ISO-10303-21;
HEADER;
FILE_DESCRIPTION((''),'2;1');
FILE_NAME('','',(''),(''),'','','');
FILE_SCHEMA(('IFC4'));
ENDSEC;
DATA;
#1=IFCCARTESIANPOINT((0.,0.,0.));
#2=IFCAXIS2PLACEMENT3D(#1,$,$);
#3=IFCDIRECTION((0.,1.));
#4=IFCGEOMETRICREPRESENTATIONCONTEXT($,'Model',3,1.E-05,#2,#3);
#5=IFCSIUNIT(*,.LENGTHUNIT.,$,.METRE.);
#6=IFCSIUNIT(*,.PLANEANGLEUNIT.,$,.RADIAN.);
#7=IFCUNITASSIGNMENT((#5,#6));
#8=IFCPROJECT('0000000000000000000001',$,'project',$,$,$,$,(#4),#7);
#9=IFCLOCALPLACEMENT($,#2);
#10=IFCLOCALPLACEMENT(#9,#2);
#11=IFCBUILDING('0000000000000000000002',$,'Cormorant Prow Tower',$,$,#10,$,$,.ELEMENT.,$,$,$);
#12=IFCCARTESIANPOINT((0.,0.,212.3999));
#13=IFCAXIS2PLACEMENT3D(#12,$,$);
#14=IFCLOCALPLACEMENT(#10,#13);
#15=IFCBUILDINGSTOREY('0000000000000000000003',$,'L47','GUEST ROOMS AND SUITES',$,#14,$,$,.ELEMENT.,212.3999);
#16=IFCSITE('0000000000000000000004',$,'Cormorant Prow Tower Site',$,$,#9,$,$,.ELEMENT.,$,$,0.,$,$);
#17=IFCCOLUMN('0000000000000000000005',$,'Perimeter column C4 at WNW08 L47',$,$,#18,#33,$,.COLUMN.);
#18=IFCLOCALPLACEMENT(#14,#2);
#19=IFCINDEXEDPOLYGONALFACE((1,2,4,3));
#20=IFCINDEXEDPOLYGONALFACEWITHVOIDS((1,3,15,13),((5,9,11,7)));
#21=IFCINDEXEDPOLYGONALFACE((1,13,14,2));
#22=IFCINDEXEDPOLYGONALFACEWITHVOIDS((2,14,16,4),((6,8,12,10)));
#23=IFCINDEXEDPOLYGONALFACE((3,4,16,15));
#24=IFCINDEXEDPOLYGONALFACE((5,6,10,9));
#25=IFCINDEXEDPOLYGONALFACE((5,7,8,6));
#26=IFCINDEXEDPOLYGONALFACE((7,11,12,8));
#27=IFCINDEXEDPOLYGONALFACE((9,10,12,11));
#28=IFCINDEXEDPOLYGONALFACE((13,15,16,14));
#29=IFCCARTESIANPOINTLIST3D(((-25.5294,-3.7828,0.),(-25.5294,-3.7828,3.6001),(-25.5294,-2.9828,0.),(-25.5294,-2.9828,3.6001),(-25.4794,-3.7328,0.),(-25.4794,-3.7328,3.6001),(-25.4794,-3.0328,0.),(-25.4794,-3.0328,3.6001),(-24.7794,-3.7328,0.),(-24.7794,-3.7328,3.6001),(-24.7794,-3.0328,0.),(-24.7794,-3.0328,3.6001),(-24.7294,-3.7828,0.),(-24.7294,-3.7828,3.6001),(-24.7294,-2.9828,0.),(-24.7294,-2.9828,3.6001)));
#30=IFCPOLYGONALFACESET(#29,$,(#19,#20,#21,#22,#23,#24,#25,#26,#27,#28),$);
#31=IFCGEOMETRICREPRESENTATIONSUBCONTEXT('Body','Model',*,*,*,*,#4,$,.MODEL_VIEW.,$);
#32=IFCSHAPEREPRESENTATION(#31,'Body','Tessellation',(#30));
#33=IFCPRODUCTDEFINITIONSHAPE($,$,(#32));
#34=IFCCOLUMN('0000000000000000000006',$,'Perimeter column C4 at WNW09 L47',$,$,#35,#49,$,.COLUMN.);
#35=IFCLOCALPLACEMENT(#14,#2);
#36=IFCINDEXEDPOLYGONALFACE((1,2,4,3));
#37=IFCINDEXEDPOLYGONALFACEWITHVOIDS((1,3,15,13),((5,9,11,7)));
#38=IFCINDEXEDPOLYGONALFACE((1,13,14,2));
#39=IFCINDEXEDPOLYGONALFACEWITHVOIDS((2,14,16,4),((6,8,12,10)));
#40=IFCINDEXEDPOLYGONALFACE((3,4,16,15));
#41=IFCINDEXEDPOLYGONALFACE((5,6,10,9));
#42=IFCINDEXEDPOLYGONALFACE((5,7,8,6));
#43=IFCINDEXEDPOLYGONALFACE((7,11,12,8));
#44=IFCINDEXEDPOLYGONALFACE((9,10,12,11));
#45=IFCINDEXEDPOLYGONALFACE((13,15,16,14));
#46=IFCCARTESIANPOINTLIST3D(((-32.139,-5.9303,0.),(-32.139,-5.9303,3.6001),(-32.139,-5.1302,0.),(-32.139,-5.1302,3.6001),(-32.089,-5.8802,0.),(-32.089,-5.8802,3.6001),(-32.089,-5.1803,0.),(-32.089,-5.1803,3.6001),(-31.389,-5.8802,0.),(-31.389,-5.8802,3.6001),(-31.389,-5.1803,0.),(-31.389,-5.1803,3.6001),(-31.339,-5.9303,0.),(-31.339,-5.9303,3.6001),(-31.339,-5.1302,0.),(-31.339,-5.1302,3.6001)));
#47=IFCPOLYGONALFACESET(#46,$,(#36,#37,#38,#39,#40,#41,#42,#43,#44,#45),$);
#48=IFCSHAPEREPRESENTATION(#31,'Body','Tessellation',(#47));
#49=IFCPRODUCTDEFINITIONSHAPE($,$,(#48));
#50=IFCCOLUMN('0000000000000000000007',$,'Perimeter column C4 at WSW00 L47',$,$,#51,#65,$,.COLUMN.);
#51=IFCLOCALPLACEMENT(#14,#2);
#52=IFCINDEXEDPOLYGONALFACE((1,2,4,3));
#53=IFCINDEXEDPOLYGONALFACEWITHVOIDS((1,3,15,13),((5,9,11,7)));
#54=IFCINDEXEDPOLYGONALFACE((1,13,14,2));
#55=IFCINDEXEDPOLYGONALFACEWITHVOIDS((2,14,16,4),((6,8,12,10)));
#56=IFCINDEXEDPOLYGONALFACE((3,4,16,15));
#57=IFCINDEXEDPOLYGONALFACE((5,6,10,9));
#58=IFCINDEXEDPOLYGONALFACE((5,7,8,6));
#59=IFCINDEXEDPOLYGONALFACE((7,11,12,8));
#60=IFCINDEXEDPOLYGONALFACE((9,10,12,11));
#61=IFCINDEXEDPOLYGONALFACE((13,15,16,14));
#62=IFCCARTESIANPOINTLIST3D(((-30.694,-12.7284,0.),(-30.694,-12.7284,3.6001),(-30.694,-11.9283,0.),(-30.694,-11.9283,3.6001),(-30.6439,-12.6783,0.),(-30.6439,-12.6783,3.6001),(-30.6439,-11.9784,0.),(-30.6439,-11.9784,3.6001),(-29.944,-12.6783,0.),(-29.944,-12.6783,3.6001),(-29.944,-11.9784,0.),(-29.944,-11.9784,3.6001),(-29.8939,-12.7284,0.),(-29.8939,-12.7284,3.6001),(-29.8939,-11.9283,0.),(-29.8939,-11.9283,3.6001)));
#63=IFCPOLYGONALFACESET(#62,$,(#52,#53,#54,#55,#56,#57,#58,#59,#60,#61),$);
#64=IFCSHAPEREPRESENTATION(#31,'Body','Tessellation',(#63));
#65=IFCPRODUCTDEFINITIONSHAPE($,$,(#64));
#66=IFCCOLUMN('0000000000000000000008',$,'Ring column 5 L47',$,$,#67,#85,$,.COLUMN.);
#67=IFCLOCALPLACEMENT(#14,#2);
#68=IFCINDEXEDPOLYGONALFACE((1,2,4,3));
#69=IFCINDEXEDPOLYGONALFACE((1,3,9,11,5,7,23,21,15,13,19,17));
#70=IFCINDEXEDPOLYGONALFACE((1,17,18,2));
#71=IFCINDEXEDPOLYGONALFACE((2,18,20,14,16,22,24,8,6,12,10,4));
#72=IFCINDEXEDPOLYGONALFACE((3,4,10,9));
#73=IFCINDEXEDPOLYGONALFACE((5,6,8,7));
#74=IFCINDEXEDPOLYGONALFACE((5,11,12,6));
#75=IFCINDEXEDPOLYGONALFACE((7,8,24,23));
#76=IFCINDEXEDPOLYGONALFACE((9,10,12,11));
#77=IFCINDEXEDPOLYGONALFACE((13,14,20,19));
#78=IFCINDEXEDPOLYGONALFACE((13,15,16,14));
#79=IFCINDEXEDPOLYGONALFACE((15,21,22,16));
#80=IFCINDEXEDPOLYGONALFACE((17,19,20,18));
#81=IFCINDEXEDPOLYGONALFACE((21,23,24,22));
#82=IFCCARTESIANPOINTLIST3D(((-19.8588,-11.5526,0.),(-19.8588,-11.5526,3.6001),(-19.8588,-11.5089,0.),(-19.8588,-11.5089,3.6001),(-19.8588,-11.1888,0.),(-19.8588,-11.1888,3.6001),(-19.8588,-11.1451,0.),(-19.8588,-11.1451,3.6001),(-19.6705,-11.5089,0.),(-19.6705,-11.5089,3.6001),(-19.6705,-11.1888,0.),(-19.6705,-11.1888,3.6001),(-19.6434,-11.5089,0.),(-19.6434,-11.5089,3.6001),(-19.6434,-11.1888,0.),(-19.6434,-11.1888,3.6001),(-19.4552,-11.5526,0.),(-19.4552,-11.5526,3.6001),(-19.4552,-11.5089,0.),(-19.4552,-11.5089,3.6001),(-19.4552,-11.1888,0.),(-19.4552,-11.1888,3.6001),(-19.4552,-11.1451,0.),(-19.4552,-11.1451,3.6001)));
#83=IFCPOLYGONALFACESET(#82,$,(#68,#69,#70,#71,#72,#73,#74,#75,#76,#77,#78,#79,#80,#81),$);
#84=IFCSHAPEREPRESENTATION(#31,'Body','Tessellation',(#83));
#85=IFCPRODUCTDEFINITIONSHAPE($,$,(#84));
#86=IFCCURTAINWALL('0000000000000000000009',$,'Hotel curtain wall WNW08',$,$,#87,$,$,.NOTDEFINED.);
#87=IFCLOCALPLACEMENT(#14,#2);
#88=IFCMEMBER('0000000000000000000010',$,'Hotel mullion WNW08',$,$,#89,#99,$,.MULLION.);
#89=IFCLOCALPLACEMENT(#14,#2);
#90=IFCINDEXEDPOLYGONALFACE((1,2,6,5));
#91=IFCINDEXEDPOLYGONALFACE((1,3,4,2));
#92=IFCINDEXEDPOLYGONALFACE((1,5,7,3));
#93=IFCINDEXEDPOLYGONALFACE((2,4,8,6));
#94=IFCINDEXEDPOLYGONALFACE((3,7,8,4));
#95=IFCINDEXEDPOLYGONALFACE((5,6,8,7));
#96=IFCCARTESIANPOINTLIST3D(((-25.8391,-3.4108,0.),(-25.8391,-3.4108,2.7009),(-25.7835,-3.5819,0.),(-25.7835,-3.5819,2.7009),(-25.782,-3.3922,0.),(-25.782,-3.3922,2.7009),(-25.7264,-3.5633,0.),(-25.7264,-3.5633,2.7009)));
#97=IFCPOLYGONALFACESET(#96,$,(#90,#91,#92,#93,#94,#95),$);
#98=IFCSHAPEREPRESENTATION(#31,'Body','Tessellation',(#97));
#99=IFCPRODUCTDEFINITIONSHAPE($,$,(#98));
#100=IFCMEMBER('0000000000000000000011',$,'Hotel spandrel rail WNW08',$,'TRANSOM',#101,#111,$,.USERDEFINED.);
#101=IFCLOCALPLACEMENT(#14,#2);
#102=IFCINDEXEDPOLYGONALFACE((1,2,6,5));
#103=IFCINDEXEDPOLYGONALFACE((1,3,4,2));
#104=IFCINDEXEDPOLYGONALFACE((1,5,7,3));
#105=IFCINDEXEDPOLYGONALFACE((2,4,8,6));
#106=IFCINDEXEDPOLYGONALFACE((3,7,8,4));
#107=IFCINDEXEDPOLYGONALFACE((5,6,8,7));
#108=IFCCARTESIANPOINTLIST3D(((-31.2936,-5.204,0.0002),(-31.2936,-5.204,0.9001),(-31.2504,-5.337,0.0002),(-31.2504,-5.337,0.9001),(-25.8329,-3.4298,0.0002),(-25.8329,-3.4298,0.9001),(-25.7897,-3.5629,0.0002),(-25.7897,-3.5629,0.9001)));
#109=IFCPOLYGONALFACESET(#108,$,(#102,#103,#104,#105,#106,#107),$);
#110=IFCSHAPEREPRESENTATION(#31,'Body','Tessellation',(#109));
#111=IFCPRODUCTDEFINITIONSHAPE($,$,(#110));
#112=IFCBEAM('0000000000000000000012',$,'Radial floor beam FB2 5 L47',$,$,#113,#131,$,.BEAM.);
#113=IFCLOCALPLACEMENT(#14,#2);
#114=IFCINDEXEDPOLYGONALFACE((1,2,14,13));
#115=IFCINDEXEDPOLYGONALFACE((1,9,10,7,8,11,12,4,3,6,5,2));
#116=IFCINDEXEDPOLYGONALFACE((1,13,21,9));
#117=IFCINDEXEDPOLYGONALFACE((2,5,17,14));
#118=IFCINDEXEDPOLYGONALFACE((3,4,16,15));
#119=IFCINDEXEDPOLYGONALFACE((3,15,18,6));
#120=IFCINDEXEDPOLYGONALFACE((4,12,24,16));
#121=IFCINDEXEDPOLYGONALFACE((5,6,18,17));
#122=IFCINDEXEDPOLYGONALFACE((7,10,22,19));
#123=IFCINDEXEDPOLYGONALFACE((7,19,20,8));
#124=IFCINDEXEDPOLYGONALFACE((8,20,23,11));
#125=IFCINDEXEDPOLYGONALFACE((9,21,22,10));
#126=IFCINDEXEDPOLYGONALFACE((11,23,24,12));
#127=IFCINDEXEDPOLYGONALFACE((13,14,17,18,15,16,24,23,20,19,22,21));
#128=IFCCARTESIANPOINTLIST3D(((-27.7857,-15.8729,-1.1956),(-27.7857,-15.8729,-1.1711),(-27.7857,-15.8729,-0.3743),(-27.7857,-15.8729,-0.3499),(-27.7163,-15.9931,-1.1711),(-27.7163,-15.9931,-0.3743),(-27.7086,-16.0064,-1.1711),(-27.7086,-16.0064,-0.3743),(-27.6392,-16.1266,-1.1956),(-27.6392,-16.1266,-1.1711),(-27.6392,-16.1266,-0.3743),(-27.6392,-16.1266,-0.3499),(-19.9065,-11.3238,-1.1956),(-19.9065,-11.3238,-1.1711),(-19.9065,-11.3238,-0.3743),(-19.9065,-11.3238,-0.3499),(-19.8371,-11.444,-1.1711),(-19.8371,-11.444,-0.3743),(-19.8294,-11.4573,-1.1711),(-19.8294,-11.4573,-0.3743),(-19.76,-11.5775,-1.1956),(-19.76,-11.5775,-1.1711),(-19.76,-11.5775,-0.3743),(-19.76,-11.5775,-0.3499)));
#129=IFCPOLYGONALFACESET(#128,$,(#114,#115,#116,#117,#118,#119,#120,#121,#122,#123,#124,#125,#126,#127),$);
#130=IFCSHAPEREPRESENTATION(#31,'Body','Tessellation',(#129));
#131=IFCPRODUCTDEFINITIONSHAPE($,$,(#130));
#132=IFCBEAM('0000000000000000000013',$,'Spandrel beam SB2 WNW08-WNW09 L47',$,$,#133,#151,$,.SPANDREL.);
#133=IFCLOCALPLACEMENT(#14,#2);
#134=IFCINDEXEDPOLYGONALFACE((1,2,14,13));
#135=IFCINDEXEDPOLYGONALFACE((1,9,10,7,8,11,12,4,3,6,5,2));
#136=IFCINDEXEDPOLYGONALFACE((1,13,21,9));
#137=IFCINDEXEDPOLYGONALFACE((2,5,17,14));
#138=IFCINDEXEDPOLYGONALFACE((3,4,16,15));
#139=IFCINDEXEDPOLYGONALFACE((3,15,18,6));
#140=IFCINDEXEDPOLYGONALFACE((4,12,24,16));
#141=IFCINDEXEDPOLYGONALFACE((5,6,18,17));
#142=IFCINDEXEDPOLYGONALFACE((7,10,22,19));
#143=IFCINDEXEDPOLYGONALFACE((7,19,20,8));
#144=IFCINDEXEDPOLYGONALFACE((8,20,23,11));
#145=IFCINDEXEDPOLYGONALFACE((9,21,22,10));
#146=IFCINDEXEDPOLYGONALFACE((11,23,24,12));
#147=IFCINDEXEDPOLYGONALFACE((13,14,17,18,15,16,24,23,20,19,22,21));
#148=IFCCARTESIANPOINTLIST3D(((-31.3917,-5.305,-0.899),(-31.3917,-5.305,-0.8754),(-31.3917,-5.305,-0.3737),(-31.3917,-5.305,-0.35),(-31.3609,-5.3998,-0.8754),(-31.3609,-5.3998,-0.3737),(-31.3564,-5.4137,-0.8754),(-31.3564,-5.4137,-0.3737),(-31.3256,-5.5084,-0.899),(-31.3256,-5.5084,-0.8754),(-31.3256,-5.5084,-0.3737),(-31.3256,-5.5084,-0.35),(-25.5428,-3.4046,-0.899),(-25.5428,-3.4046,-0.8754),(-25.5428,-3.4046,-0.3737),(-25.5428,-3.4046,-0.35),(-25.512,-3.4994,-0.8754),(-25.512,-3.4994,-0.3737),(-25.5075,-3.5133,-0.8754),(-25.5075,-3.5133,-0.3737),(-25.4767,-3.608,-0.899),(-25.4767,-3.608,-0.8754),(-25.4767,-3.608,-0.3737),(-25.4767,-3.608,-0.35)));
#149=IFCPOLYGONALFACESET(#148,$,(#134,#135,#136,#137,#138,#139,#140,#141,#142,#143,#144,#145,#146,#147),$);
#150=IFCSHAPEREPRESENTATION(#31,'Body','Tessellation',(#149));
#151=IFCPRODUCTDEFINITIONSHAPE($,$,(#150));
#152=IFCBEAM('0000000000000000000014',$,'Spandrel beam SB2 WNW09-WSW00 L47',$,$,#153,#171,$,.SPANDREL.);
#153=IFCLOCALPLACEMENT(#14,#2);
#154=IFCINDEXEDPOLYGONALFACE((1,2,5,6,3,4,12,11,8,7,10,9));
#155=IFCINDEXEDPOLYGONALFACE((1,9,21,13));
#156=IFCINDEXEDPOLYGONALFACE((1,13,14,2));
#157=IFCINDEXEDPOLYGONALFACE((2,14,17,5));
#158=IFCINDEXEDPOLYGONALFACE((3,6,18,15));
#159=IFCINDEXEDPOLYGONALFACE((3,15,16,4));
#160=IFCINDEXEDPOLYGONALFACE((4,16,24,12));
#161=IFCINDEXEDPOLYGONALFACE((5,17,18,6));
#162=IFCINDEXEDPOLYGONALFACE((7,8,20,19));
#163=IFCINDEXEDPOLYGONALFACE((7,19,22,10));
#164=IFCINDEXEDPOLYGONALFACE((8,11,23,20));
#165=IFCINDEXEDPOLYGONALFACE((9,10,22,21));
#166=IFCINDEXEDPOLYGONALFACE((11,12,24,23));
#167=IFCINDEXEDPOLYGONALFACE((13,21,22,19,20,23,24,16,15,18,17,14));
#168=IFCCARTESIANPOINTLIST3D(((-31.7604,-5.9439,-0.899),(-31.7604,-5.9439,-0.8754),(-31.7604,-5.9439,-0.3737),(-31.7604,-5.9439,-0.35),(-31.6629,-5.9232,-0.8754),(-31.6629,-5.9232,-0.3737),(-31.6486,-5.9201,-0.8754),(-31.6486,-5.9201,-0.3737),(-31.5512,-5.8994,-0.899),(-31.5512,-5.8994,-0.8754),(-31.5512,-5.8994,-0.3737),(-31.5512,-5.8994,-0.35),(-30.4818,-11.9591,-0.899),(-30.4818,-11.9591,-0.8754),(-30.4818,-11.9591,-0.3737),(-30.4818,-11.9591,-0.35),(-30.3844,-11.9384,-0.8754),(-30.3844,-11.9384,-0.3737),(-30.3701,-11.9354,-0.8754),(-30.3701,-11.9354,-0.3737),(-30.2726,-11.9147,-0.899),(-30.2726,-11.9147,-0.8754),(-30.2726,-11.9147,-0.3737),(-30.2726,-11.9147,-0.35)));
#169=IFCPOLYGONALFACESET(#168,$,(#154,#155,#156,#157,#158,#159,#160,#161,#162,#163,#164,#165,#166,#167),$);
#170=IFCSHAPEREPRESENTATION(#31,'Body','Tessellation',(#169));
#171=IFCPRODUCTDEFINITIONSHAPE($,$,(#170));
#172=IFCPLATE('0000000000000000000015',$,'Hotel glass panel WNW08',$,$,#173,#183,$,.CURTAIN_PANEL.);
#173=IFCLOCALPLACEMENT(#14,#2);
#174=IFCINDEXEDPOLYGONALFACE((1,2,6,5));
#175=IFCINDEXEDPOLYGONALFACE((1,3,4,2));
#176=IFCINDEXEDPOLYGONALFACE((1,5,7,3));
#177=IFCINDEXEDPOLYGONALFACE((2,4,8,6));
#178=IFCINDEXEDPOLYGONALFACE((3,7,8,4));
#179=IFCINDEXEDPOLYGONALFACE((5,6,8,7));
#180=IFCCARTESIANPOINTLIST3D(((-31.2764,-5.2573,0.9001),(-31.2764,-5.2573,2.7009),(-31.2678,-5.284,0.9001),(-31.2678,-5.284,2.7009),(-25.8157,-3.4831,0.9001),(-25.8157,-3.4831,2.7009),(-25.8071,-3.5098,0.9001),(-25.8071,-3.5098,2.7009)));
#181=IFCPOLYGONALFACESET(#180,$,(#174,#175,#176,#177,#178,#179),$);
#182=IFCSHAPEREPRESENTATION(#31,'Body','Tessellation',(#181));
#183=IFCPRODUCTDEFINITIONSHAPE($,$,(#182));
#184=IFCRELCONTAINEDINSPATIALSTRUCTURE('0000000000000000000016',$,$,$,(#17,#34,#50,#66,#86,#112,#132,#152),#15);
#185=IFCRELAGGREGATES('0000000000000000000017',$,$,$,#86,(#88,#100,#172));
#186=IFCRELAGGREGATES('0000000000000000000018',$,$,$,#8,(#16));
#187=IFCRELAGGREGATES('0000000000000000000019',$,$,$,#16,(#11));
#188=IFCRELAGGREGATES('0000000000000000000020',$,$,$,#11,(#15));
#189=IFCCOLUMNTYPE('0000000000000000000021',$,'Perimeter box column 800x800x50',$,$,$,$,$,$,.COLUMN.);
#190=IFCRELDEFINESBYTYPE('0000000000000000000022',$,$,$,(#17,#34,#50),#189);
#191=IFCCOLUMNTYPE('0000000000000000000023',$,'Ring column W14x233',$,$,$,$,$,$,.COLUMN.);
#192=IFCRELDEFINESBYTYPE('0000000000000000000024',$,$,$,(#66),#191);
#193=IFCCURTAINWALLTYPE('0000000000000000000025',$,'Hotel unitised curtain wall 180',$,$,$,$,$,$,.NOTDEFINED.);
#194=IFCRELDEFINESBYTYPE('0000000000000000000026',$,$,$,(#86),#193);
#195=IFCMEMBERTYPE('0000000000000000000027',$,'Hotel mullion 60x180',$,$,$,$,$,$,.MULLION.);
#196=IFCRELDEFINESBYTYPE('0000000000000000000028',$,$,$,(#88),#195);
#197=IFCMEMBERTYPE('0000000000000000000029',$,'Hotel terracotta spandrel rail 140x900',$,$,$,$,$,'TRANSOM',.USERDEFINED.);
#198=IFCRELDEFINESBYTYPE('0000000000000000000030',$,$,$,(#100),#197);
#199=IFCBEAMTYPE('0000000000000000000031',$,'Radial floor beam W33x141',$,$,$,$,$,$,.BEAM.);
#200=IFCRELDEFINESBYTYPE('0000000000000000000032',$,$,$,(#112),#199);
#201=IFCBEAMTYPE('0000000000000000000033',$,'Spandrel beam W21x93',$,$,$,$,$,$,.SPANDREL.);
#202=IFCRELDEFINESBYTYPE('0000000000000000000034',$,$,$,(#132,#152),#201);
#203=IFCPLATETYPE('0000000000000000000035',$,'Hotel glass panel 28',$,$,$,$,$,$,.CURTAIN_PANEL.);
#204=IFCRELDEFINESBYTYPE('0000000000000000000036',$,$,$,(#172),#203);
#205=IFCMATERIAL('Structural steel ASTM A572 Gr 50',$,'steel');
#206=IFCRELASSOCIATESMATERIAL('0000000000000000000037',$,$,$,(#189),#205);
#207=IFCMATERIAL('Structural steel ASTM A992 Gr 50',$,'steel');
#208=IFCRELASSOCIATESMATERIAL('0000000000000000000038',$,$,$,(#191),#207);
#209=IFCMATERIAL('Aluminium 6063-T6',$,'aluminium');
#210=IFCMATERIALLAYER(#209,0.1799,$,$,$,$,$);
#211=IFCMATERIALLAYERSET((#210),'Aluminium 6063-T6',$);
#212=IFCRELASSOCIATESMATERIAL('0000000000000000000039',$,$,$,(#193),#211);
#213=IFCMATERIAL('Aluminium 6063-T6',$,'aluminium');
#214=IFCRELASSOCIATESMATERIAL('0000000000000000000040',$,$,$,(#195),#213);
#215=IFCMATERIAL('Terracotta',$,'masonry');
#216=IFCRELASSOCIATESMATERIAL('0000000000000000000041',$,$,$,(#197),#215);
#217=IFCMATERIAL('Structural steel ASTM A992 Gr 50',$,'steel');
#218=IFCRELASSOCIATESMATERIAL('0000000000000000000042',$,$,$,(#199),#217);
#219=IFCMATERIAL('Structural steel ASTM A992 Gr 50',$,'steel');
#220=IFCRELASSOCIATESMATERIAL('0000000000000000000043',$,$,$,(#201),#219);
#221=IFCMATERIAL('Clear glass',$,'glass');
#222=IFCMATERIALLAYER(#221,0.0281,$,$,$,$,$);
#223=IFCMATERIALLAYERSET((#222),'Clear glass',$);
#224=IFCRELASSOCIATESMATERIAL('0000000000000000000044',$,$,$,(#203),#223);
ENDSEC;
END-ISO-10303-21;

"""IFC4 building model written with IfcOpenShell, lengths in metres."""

from ifc_helpers import new_model, si_unit, direction, frame, origin, origin_2d, place, context, subcontext, project, spatial, rectangle, hollow_rectangle, i_section, extrude, material, layer, layer_set, material_profile, profile_set, type_object, element, aggregate, save


model = new_model("IFC4")

# Units and contexts
model_context = context("Model", 3, precision=1e-05, world=origin(), true_north=direction((0.0, 1.0)))
body_context = subcontext(model_context, "Body", "Model", "MODEL_VIEW")
ifc_project = project(units=[si_unit("LENGTHUNIT", "METRE"), si_unit("PLANEANGLEUNIT", "RADIAN")], contexts=[model_context])

# Site, building, storey
site_placement = place(None, origin())
site = spatial("IfcSite", under=ifc_project, at=site_placement, Name="Cormorant Prow Tower Site", CompositionType="ELEMENT", RefElevation=0.0)
building_placement = place(site_placement, origin())
building = spatial("IfcBuilding", under=site, at=building_placement, Name="Cormorant Prow Tower", CompositionType="ELEMENT")
storey_placement = place(building_placement, frame((0.0, 0.0, 212.3999)))
storey = spatial("IfcBuildingStorey", under=building, at=storey_placement, Name="L47", Description="GUEST ROOMS AND SUITES", CompositionType="ELEMENT", Elevation=212.3999)

# Columns
ifc_material_1 = material(Name="Structural steel ASTM A572 Gr 50", Category="steel")
ifc_material_profile_1 = material_profile(ifc_material_1, hollow_rectangle(XDim=0.8, YDim=0.8, WallThickness=0.05, at=origin_2d()), Name="Box 800x800x50")
ifc_profile_set_1 = profile_set([ifc_material_profile_1], Name="Structural steel ASTM A572 Gr 50")
column_type_1 = type_object("IfcColumnType", Name="Perimeter box column 800x800x50", PredefinedType="COLUMN", material=ifc_profile_set_1)
for number, where, z_axis, x_axis, name in (
    (1, (-25.1294, -3.3828, 0.0), (0.0, 0.0, 1.0), (1.0, 0.0, 0.0), "Perimeter column C4 at WNW08 L47"),
    (2, (-31.739, -5.5303, 0.0), (0.0, 0.0, 1.0), (1.0, 0.0, 0.0), "Perimeter column C4 at WNW09 L47"),
    (3, (-30.2939, -12.3284, 0.0), (0.0, 0.0, 1.0), (1.0, 0.0, 0.0), "Perimeter column C4 at WSW00 L47"),
):
    element("IfcColumn", number, at=place(storey_placement, frame(where, z_axis=z_axis, x_axis=x_axis)), inside=storey, type_object=column_type_1, Name=name, PredefinedType="COLUMN", context=body_context, shape_type="SweptSolid", body=[
        extrude(hollow_rectangle(XDim=0.8, YDim=0.8, WallThickness=0.05, at=origin_2d()), origin(), (0.0, 0.0, 1.0), 3.6001),
    ])
ifc_material_2 = material(Name="Structural steel ASTM A992 Gr 50", Category="steel")
ifc_material_profile_2 = material_profile(ifc_material_2, i_section(OverallWidth=0.4036, OverallDepth=0.4075, WebThickness=0.0271, FlangeThickness=0.0437, at=origin_2d()), Name="W14x233")
ifc_profile_set_2 = profile_set([ifc_material_profile_2], Name="Structural steel ASTM A992 Gr 50")
column_type_2 = type_object("IfcColumnType", Name="Ring column W14x233", PredefinedType="COLUMN", material=ifc_profile_set_2)
column_placement = place(storey_placement, frame((-19.657, -11.3489, 0.0), z_axis=(0.0, 0.0, 1.0), x_axis=(1.0, 0.0, 0.0)))
element("IfcColumn", 4, at=column_placement, inside=storey, type_object=column_type_2, Name="Ring column 5 L47", PredefinedType="COLUMN", context=body_context, shape_type="SweptSolid", body=[
    extrude(i_section(OverallWidth=0.4036, OverallDepth=0.4075, WebThickness=0.0271, FlangeThickness=0.0437, at=origin_2d()), origin(), (0.0, 0.0, 1.0), 3.6001),
])

# Curtain wall, members
ifc_material_3 = material(Name="Aluminium 6063-T6", Category="aluminium")
ifc_layer_1 = layer(ifc_material_3, 0.1799)
ifc_layer_set_1 = layer_set([ifc_layer_1], Name="Aluminium 6063-T6")
curtain_wall_type = type_object("IfcCurtainWallType", Name="Hotel unitised curtain wall 180", PredefinedType="NOTDEFINED", material=ifc_layer_set_1)
curtain_wall_placement = place(storey_placement, origin())
curtain_wall = element("IfcCurtainWall", 5, at=curtain_wall_placement, inside=storey, type_object=curtain_wall_type, Name="Hotel curtain wall WNW08", PredefinedType="NOTDEFINED")
ifc_material_4 = material(Name="Aluminium 6063-T6", Category="aluminium")
ifc_material_profile_3 = material_profile(ifc_material_4, rectangle(XDim=0.1799, YDim=0.0601, at=origin_2d()), Name="Hotel mullion 60x180")
ifc_profile_set_3 = profile_set([ifc_material_profile_3], Name="Aluminium 6063-T6")
member_type_1 = type_object("IfcMemberType", Name="Hotel mullion 60x180", PredefinedType="MULLION", material=ifc_profile_set_3)
member_1_placement = place(storey_placement, frame((-25.7827, -3.4871, 0.0), z_axis=(0.0, 0.0, 1.0), x_axis=(0.309017, -0.951057, 0.0)))
member_1 = element("IfcMember", 6, at=member_1_placement, type_object=member_type_1, Name="Hotel mullion WNW08", PredefinedType="MULLION", context=body_context, shape_type="SweptSolid", body=[
    extrude(rectangle(XDim=0.1799, YDim=0.0601, at=origin_2d()), origin(), (0.0, 0.0, 1.0), 2.7009),
])
ifc_material_5 = material(Name="Terracotta", Category="masonry")
ifc_material_profile_4 = material_profile(ifc_material_5, rectangle(XDim=0.1399, YDim=0.8999, at=origin_2d()), Name="Hotel terracotta spandrel rail 140x900")
ifc_profile_set_4 = profile_set([ifc_material_profile_4], Name="Terracotta")
member_type_2 = type_object("IfcMemberType", Name="Hotel terracotta spandrel rail 140x900", ElementType="TRANSOM", PredefinedType="USERDEFINED", material=ifc_profile_set_4)
member_2_placement = place(storey_placement, frame((-25.8113, -3.4963, 0.4502), z_axis=(-0.951063, -0.308999, 0.0), x_axis=(0.308999, -0.951063, 0.0)))
member_2 = element("IfcMember", 7, at=member_2_placement, type_object=member_type_2, Name="Hotel spandrel rail WNW08", ObjectType="TRANSOM", PredefinedType="USERDEFINED", context=body_context, shape_type="SweptSolid", body=[
    extrude(rectangle(XDim=0.1399, YDim=0.8999, at=origin_2d()), origin(), (0.0, 0.0, 1.0), 5.7417),
])

# Beams
ifc_material_6 = material(Name="Structural steel ASTM A992 Gr 50", Category="steel")
ifc_material_profile_5 = material_profile(ifc_material_6, i_section(OverallWidth=0.293, OverallDepth=0.8457, WebThickness=0.0154, FlangeThickness=0.0244, at=origin_2d()), Name="W33x141")
ifc_profile_set_5 = profile_set([ifc_material_profile_5], Name="Structural steel ASTM A992 Gr 50")
beam_type_1 = type_object("IfcBeamType", Name="Radial floor beam W33x141", PredefinedType="BEAM", material=ifc_profile_set_5)
beam_1_placement = place(storey_placement, frame((-19.8333, -11.4507, -0.7727), z_axis=(-0.866023, -0.500004, 0.0), x_axis=(0.500004, -0.866023, 0.0)))
element("IfcBeam", 8, at=beam_1_placement, inside=storey, type_object=beam_type_1, Name="Radial floor beam FB2 5 L47", PredefinedType="BEAM", context=body_context, shape_type="SweptSolid", body=[
    extrude(i_section(OverallWidth=0.293, OverallDepth=0.8457, WebThickness=0.0154, FlangeThickness=0.0244, at=origin_2d()), origin(), (0.0, 0.0, 1.0), 9.0981),
])
ifc_material_7 = material(Name="Structural steel ASTM A992 Gr 50", Category="steel")
ifc_material_profile_6 = material_profile(ifc_material_7, i_section(OverallWidth=0.2139, OverallDepth=0.5491, WebThickness=0.0146, FlangeThickness=0.0237, at=origin_2d()), Name="W21x93")
ifc_profile_set_6 = profile_set([ifc_material_profile_6], Name="Structural steel ASTM A992 Gr 50")
beam_type_2 = type_object("IfcBeamType", Name="Spandrel beam W21x93", PredefinedType="SPANDREL", material=ifc_profile_set_6)
beam_2_placement = place(storey_placement, frame((-25.5098, -3.5063, -0.6245), z_axis=(-0.951058, -0.309013, 0.0), x_axis=(0.309013, -0.951058, 0.0)))
element("IfcBeam", 9, at=beam_2_placement, inside=storey, type_object=beam_type_2, Name="Spandrel beam SB2 WNW08-WNW09 L47", PredefinedType="SPANDREL", context=body_context, shape_type="SweptSolid", body=[
    extrude(i_section(OverallWidth=0.2139, OverallDepth=0.5491, WebThickness=0.0146, FlangeThickness=0.0237, at=origin_2d()), origin(), (0.0, 0.0, 1.0), 6.1499),
])
beam_3_placement = place(storey_placement, frame((-31.6558, -5.9216, -0.6245), z_axis=(0.207905, -0.978149, 0.0), x_axis=(0.978149, 0.207905, 0.0)))
element("IfcBeam", 10, at=beam_3_placement, inside=storey, type_object=beam_type_2, Name="Spandrel beam SB2 WNW09-WSW00 L47", PredefinedType="SPANDREL", context=body_context, shape_type="SweptSolid", body=[
    extrude(i_section(OverallWidth=0.2139, OverallDepth=0.5491, WebThickness=0.0146, FlangeThickness=0.0237, at=origin_2d()), origin(), (0.0, 0.0, 1.0), 6.1497),
])

# Plate
ifc_material_8 = material(Name="Clear glass", Category="glass")
ifc_layer_2 = layer(ifc_material_8, 0.0281)
ifc_layer_set_2 = layer_set([ifc_layer_2], Name="Clear glass")
plate_type = type_object("IfcPlateType", Name="Hotel glass panel 28", PredefinedType="CURTAIN_PANEL", material=ifc_layer_set_2)
plate_placement = place(storey_placement, frame((-28.5417, -4.3835, 0.9001), z_axis=(0.0, 0.0, 1.0), x_axis=(-0.951057, -0.309017, 0.0)))
plate = element("IfcPlate", 11, at=plate_placement, type_object=plate_type, Name="Hotel glass panel WNW08", PredefinedType="CURTAIN_PANEL", context=body_context, shape_type="SweptSolid", body=[
    extrude(rectangle(XDim=5.7417, YDim=0.0281, at=origin_2d()), origin(), (0.0, 0.0, 1.0), 1.8008),
])
aggregate(curtain_wall, [member_1, member_2, plate])

save(model, "model.ifc")
